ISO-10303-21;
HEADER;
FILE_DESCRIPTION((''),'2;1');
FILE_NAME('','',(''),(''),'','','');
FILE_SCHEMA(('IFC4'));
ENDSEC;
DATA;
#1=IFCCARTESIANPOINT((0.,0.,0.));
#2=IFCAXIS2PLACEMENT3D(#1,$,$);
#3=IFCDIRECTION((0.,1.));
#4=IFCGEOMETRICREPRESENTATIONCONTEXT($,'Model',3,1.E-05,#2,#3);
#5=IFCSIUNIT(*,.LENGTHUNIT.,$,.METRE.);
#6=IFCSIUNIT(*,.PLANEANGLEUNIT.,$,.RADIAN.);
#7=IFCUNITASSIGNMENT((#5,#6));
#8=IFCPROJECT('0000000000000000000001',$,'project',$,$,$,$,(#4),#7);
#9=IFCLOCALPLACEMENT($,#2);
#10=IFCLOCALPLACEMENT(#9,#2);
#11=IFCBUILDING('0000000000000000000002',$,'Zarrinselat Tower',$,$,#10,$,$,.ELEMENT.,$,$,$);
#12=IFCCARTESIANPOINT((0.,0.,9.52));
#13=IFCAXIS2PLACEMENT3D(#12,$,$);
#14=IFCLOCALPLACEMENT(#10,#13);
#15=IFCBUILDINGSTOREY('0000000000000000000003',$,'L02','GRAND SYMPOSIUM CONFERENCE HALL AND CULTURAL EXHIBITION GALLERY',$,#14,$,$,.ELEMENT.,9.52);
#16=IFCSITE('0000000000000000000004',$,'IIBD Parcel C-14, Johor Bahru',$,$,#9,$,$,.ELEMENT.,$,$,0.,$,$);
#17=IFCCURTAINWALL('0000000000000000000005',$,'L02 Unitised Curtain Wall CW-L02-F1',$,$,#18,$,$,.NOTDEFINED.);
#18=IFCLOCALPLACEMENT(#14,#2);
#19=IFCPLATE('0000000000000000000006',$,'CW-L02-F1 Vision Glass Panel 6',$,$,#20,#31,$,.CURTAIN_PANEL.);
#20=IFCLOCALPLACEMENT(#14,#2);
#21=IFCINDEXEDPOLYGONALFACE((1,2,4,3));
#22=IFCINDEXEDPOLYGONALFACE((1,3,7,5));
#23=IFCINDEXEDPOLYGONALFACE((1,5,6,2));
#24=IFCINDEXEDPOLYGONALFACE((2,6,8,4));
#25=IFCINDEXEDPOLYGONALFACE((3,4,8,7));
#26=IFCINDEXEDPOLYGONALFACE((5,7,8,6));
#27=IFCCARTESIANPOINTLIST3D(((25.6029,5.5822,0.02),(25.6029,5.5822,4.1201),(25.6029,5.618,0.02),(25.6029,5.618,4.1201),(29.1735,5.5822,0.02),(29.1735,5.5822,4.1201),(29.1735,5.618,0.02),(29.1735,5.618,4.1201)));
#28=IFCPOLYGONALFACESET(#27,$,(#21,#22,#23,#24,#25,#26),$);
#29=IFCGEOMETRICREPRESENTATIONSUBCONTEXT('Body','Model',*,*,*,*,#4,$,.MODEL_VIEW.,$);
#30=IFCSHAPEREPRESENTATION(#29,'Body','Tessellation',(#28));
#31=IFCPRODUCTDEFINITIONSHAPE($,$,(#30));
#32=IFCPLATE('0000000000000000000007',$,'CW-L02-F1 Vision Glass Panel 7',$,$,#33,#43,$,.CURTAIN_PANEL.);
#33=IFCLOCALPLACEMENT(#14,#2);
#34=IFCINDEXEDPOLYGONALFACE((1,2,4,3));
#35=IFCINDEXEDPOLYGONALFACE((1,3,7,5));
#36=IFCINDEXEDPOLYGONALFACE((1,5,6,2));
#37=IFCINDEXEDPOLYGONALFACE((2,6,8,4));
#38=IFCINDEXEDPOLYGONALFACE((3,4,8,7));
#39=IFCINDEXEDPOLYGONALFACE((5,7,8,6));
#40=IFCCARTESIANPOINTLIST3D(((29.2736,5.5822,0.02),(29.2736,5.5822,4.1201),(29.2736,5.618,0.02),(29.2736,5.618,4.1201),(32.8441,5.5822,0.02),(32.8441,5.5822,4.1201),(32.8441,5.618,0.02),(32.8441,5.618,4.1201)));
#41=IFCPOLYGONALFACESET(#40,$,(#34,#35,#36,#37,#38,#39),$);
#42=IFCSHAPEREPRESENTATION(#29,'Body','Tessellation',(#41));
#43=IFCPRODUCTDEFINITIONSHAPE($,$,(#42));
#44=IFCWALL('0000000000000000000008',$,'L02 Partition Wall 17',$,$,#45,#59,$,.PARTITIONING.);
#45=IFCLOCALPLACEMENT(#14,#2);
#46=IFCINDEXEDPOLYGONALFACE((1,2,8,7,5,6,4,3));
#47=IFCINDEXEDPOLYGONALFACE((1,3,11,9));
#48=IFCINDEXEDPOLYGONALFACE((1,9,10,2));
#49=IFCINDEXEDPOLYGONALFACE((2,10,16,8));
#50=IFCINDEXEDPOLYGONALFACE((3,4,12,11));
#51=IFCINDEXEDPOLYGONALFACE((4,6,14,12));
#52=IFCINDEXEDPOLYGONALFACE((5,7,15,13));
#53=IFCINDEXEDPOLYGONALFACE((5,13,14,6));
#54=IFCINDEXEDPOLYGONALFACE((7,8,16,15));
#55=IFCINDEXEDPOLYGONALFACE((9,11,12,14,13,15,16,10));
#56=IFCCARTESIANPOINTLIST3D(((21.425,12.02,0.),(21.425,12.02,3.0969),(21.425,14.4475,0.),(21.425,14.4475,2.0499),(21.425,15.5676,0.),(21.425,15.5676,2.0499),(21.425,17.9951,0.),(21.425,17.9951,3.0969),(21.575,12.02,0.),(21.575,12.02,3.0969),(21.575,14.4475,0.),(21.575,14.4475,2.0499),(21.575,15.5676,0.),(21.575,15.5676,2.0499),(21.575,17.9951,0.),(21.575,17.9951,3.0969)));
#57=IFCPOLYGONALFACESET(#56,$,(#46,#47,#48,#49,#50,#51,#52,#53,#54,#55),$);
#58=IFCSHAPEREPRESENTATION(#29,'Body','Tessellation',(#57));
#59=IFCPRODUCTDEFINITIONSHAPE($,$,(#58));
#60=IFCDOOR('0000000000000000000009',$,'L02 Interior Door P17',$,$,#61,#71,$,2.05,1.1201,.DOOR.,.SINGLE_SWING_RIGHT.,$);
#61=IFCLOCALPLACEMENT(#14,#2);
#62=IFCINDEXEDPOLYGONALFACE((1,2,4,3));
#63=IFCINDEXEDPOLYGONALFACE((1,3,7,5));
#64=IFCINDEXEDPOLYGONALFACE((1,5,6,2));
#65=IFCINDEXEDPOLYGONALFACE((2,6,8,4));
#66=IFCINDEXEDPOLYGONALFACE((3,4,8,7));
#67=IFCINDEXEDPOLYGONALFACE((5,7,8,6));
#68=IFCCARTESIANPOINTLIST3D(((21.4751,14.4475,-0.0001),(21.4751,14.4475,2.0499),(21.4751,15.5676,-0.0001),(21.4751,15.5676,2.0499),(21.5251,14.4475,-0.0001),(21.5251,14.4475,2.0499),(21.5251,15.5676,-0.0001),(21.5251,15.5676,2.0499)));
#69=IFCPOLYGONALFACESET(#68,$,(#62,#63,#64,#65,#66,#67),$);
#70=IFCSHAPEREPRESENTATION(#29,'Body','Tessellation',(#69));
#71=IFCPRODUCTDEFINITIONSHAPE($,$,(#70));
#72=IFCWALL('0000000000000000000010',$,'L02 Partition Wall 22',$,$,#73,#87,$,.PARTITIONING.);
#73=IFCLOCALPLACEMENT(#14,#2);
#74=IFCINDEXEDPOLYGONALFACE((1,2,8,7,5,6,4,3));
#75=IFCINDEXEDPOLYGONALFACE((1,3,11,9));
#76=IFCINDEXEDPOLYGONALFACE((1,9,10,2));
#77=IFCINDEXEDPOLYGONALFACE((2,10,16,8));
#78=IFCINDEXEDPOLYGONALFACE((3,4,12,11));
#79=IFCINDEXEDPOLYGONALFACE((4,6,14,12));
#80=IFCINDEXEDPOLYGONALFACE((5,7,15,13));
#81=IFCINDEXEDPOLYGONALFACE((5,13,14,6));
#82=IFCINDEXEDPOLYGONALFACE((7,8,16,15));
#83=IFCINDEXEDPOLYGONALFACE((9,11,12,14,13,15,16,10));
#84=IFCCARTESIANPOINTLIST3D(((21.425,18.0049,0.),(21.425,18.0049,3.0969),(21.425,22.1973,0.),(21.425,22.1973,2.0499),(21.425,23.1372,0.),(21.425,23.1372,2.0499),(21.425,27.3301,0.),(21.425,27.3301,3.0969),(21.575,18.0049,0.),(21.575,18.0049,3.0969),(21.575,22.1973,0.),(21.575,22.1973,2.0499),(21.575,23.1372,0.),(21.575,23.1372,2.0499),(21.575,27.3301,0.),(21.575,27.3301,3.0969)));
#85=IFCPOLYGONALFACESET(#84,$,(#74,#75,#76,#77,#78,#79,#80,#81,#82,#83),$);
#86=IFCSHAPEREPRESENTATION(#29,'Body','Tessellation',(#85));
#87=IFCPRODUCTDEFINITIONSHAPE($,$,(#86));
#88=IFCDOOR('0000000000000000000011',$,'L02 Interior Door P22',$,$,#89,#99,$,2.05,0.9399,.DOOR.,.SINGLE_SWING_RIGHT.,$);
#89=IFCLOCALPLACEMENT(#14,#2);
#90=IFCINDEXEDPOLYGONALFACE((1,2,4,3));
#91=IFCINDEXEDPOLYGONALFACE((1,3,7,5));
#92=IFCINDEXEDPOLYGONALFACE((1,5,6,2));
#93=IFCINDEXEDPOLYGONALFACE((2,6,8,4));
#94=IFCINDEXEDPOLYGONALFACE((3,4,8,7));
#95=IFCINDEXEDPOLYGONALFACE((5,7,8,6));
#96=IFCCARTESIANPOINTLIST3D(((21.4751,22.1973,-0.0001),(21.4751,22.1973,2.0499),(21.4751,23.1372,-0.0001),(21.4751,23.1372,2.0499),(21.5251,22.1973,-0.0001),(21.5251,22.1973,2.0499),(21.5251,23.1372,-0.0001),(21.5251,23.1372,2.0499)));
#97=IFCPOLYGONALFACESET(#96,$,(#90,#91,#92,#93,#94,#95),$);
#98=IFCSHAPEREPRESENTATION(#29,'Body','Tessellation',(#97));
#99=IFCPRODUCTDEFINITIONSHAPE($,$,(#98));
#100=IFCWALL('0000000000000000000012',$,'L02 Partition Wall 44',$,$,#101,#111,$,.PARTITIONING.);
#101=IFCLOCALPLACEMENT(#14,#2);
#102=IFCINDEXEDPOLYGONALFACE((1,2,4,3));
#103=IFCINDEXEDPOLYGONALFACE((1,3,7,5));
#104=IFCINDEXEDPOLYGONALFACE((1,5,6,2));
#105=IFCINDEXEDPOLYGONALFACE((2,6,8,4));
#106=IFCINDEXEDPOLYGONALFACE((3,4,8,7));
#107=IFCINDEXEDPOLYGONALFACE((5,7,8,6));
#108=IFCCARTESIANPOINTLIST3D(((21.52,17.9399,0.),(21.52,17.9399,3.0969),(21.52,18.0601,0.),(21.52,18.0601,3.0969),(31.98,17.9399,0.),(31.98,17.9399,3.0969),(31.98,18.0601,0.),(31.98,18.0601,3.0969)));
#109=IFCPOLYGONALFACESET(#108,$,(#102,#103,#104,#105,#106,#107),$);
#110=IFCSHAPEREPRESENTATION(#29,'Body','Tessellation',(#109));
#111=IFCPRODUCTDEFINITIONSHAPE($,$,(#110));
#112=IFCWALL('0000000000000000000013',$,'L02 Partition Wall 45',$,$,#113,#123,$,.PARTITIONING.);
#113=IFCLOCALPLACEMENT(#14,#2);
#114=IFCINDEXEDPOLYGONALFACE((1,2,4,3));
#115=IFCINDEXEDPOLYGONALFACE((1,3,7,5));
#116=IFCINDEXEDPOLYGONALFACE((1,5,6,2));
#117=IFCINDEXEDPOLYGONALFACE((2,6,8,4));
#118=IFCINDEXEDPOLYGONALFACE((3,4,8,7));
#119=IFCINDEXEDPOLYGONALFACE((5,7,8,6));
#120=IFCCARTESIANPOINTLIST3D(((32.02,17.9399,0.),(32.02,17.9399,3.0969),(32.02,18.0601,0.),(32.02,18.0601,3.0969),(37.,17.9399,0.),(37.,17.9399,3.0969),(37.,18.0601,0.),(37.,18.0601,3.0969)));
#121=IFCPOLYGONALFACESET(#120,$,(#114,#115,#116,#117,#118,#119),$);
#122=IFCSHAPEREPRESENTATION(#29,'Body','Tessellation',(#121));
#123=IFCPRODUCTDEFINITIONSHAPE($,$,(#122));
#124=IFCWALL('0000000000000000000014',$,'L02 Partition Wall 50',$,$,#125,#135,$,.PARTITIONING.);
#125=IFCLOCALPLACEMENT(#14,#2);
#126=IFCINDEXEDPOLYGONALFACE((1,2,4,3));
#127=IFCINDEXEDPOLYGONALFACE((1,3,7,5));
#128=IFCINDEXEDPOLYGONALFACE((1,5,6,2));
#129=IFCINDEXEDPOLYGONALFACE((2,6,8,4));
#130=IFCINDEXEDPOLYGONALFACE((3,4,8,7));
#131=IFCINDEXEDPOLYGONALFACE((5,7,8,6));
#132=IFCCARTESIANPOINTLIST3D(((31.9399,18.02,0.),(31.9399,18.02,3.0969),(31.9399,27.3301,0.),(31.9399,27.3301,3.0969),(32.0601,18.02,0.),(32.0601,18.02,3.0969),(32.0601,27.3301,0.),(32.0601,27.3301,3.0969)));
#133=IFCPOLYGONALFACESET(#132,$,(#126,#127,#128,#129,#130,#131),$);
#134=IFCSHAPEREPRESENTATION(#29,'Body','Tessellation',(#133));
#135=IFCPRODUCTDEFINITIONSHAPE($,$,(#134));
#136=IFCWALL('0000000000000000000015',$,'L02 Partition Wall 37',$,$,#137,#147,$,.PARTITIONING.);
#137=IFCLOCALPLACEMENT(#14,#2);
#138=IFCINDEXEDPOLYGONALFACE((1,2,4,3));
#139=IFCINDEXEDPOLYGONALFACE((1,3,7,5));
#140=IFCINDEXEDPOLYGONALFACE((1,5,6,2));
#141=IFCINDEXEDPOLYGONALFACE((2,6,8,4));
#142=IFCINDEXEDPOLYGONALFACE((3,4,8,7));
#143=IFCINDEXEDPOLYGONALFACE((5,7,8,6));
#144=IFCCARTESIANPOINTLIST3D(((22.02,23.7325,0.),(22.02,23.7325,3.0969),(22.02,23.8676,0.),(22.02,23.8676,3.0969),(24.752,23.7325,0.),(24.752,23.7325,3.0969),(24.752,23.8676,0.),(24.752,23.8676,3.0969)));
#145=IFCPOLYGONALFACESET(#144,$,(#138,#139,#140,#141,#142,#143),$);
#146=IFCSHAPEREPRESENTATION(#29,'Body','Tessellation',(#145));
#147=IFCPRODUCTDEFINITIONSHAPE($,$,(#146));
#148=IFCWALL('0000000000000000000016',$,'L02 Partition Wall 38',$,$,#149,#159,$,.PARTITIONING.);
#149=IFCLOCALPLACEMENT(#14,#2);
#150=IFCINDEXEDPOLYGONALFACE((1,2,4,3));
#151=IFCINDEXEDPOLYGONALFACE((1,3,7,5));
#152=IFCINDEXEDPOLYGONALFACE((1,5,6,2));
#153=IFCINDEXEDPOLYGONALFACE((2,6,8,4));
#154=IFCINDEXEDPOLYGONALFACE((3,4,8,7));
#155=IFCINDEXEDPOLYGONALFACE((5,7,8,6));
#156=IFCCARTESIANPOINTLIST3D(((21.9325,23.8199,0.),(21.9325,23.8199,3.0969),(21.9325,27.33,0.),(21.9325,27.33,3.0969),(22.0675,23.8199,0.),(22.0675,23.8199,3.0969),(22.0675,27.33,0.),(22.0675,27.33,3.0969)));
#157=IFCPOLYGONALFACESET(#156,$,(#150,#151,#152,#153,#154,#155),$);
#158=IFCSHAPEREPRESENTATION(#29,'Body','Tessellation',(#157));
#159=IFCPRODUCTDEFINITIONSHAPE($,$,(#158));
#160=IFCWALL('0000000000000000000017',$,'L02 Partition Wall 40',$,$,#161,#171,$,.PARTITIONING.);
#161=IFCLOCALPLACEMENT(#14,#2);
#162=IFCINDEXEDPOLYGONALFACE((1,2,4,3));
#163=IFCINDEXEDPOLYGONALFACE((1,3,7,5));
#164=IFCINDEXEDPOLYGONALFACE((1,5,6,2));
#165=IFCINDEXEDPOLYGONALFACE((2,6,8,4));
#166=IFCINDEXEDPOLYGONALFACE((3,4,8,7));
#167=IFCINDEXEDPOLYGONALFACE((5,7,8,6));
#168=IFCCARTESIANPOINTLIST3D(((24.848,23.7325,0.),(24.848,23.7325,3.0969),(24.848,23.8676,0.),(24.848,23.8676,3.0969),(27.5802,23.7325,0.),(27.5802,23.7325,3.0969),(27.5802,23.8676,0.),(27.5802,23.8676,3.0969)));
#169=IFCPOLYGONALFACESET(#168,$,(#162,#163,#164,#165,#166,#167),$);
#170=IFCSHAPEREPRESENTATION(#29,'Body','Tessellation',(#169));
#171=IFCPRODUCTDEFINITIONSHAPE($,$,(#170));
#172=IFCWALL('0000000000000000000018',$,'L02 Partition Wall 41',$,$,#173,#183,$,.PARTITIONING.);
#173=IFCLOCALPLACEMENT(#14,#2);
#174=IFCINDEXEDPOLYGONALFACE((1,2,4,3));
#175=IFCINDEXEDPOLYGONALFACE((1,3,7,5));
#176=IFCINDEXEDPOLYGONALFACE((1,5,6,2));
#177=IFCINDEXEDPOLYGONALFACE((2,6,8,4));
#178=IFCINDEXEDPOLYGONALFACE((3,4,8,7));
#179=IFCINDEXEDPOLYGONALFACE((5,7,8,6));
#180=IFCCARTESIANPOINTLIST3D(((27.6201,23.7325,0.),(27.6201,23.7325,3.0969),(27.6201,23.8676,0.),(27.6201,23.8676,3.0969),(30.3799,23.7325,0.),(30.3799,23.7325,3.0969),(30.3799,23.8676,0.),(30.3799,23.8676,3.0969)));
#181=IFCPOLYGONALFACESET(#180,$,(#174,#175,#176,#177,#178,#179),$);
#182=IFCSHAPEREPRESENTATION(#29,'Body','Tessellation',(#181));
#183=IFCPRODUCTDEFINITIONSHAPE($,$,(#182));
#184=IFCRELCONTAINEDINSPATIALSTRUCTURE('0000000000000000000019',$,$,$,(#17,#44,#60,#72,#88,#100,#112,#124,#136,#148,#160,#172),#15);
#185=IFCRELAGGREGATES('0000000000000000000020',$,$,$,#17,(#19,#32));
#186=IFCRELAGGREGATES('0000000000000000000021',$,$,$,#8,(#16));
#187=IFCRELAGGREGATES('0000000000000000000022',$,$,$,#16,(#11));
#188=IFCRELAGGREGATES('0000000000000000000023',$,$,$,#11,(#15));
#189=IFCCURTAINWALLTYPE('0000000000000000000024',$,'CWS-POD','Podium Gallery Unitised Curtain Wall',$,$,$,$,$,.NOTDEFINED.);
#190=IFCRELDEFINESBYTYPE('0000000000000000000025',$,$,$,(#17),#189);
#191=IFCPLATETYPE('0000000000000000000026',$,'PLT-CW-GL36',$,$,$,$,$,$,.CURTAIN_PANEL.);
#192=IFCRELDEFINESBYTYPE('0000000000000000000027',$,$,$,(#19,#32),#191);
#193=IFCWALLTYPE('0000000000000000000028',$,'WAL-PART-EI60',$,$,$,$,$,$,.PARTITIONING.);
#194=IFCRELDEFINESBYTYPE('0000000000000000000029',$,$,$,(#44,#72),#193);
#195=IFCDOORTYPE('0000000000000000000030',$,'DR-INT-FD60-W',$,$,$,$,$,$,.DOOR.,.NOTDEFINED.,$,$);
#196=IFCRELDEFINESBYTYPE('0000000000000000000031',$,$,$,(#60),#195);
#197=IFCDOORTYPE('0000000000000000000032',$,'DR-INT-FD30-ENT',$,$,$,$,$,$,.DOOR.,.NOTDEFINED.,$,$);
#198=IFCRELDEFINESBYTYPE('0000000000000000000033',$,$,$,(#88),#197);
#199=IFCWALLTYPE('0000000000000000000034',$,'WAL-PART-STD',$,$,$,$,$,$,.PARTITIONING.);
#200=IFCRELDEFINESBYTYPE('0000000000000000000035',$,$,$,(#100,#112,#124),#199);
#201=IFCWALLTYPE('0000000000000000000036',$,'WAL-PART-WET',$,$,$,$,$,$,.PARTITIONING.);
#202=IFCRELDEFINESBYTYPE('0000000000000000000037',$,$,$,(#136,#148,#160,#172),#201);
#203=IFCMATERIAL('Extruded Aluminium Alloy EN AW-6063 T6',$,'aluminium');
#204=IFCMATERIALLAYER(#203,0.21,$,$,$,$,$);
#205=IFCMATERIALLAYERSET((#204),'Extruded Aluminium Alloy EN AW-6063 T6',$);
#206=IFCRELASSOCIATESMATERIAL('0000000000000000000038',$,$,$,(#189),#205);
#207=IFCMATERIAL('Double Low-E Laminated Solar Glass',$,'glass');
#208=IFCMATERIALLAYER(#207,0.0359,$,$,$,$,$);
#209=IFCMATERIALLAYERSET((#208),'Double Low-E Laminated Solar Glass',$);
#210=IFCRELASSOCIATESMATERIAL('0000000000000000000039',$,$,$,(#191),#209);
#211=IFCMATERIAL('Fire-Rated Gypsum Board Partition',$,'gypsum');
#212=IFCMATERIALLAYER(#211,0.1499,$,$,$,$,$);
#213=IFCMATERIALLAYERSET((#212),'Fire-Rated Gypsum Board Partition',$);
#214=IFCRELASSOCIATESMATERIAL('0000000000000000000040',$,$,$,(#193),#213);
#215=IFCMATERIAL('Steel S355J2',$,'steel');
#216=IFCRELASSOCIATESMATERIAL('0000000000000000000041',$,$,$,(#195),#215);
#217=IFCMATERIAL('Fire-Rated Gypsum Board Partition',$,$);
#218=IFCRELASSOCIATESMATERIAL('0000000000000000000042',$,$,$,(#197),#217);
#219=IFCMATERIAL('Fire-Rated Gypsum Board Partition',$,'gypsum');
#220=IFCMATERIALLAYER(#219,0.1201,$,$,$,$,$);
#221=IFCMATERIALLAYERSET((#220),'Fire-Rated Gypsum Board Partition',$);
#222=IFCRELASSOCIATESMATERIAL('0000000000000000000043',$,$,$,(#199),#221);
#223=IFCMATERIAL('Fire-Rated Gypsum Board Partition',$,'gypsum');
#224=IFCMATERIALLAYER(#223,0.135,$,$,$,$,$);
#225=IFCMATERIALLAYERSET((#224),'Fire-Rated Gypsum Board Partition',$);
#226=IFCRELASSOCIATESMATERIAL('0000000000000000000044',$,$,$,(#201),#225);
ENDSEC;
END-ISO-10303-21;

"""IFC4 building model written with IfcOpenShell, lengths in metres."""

from ifc_helpers import new_model, si_unit, direction, frame, frame_2d, origin, origin_2d, place, context, subcontext, project, spatial, rectangle, extrude, material, layer, layer_set, type_object, element, fill, aggregate, save


model = new_model("IFC4")

# Units and contexts
model_context = context("Model", 3, precision=1e-05, world=origin(), true_north=direction((0.0, 1.0)))
body_context = subcontext(model_context, "Body", "Model", "MODEL_VIEW")
ifc_project = project(units=[si_unit("LENGTHUNIT", "METRE"), si_unit("PLANEANGLEUNIT", "RADIAN")], contexts=[model_context])

# Site, building, storey
site_placement = place(None, origin())
site = spatial("IfcSite", under=ifc_project, at=site_placement, Name="IIBD Parcel C-14, Johor Bahru", CompositionType="ELEMENT", RefElevation=0.0)
building_placement = place(site_placement, origin())
building = spatial("IfcBuilding", under=site, at=building_placement, Name="Zarrinselat Tower", CompositionType="ELEMENT")
storey_placement = place(building_placement, frame((0.0, 0.0, 9.52)))
storey = spatial("IfcBuildingStorey", under=building, at=storey_placement, Name="L02", Description="GRAND SYMPOSIUM CONFERENCE HALL AND CULTURAL EXHIBITION GALLERY", CompositionType="ELEMENT", Elevation=9.52)

# Curtain wall, plates
ifc_material_1 = material(Name="Extruded Aluminium Alloy EN AW-6063 T6", Category="aluminium")
ifc_layer_1 = layer(ifc_material_1, 0.21)
ifc_layer_set_1 = layer_set([ifc_layer_1], Name="Extruded Aluminium Alloy EN AW-6063 T6")
curtain_wall_type = type_object("IfcCurtainWallType", Name="CWS-POD", Description="Podium Gallery Unitised Curtain Wall", PredefinedType="NOTDEFINED", material=ifc_layer_set_1)
curtain_wall_placement = place(storey_placement, origin())
curtain_wall = element("IfcCurtainWall", 1, at=curtain_wall_placement, inside=storey, type_object=curtain_wall_type, Name="L02 Unitised Curtain Wall CW-L02-F1", PredefinedType="NOTDEFINED")
ifc_material_2 = material(Name="Double Low-E Laminated Solar Glass", Category="glass")
ifc_layer_2 = layer(ifc_material_2, 0.0359)
ifc_layer_set_2 = layer_set([ifc_layer_2], Name="Double Low-E Laminated Solar Glass")
plate_type = type_object("IfcPlateType", Name="PLT-CW-GL36", PredefinedType="CURTAIN_PANEL", material=ifc_layer_set_2)
plate_1_placement = place(storey_placement, frame((27.3882, 5.6001, 0.02), z_axis=(0.0, 0.0, 1.0), x_axis=(1.0, 0.0, 0.0)))
plate_1 = element("IfcPlate", 2, at=plate_1_placement, type_object=plate_type, Name="CW-L02-F1 Vision Glass Panel 6", PredefinedType="CURTAIN_PANEL", context=body_context, shape_type="SweptSolid", body=[
    extrude(rectangle(XDim=3.5706, YDim=0.0359, at=origin_2d()), origin(), (0.0, 0.0, 1.0), 4.1001),
])
plate_2_placement = place(storey_placement, frame((31.0588, 5.6001, 0.02), z_axis=(0.0, 0.0, 1.0), x_axis=(1.0, 0.0, 0.0)))
plate_2 = element("IfcPlate", 3, at=plate_2_placement, type_object=plate_type, Name="CW-L02-F1 Vision Glass Panel 7", PredefinedType="CURTAIN_PANEL", context=body_context, shape_type="SweptSolid", body=[
    extrude(rectangle(XDim=3.5706, YDim=0.0359, at=origin_2d()), origin(), (0.0, 0.0, 1.0), 4.1001),
])
aggregate(curtain_wall, [plate_1, plate_2])

# Walls, openings, doors
ifc_material_3 = material(Name="Fire-Rated Gypsum Board Partition", Category="gypsum")
ifc_layer_3 = layer(ifc_material_3, 0.1499)
ifc_layer_set_3 = layer_set([ifc_layer_3], Name="Fire-Rated Gypsum Board Partition")
wall_type_1 = type_object("IfcWallType", Name="WAL-PART-EI60", PredefinedType="PARTITIONING", material=ifc_layer_set_3)
wall_1_placement = place(storey_placement, frame((21.5, 12.02, 0.0), z_axis=(0.0, 0.0, 1.0), x_axis=(0.0, 1.0, 0.0)))
wall_1 = element("IfcWall", 4, at=wall_1_placement, inside=storey, type_object=wall_type_1, Name="L02 Partition Wall 17", PredefinedType="PARTITIONING", context=body_context, shape_type="SweptSolid", body=[
    extrude(rectangle(XDim=5.9751, YDim=0.1499, at=frame_2d((2.9875, 0.0))), origin(), (0.0, 0.0, 1.0), 3.0969),
])
opening_1_placement = place(wall_1_placement, frame((2.4275, 0.0, 0.0)))
opening_1 = element("IfcOpeningElement", 5, at=opening_1_placement, cuts=wall_1, PredefinedType="OPENING", context=body_context, shape_type="SweptSolid", body=[
    extrude(rectangle(XDim=1.1201, YDim=2.05, at=frame_2d((0.5601, 1.0249))), frame((0.0, 0.085, 0.0), z_axis=(0.0, -1.0, 0.0), x_axis=(1.0, 0.0, 0.0)), (0.0, 0.0, 1.0), 0.1699),
])
ifc_material_4 = material(Name="Steel S355J2", Category="steel")
door_type_1 = type_object("IfcDoorType", Name="DR-INT-FD60-W", OperationType="NOTDEFINED", PredefinedType="DOOR", material=ifc_material_4)
door_1_placement = place(opening_1_placement, origin())
door_1 = element("IfcDoor", 6, at=door_1_placement, inside=storey, type_object=door_type_1, Name="L02 Interior Door P17", OperationType="SINGLE_SWING_RIGHT", OverallHeight=2.05, OverallWidth=1.1201, PredefinedType="DOOR", context=body_context, shape_type="SweptSolid", body=[
    extrude(rectangle(XDim=1.1201, YDim=2.05, at=frame_2d((0.5601, 1.0249))), frame((0.0, 0.0249, 0.0), z_axis=(0.0, -1.0, 0.0), x_axis=(1.0, 0.0, 0.0)), (0.0, 0.0, 1.0), 0.05),
])
fill(opening_1, door_1)
wall_2_placement = place(storey_placement, frame((21.5, 18.0049, 0.0), z_axis=(0.0, 0.0, 1.0), x_axis=(0.0, 1.0, 0.0)))
wall_2 = element("IfcWall", 7, at=wall_2_placement, inside=storey, type_object=wall_type_1, Name="L02 Partition Wall 22", PredefinedType="PARTITIONING", context=body_context, shape_type="SweptSolid", body=[
    extrude(rectangle(XDim=9.3252, YDim=0.1499, at=frame_2d((4.6626, 0.0))), origin(), (0.0, 0.0, 1.0), 3.0969),
])
opening_2_placement = place(wall_2_placement, frame((4.1924, 0.0, 0.0)))
opening_2 = element("IfcOpeningElement", 8, at=opening_2_placement, cuts=wall_2, PredefinedType="OPENING", context=body_context, shape_type="SweptSolid", body=[
    extrude(rectangle(XDim=0.9399, YDim=2.05, at=frame_2d((0.47, 1.0249))), frame((0.0, 0.085, 0.0), z_axis=(0.0, -1.0, 0.0), x_axis=(1.0, 0.0, 0.0)), (0.0, 0.0, 1.0), 0.1699),
])
ifc_material_5 = material(Name="Fire-Rated Gypsum Board Partition")
door_type_2 = type_object("IfcDoorType", Name="DR-INT-FD30-ENT", OperationType="NOTDEFINED", PredefinedType="DOOR", material=ifc_material_5)
door_2_placement = place(opening_2_placement, origin())
door_2 = element("IfcDoor", 9, at=door_2_placement, inside=storey, type_object=door_type_2, Name="L02 Interior Door P22", OperationType="SINGLE_SWING_RIGHT", OverallHeight=2.05, OverallWidth=0.9399, PredefinedType="DOOR", context=body_context, shape_type="SweptSolid", body=[
    extrude(rectangle(XDim=0.9399, YDim=2.05, at=frame_2d((0.47, 1.0249))), frame((0.0, 0.0249, 0.0), z_axis=(0.0, -1.0, 0.0), x_axis=(1.0, 0.0, 0.0)), (0.0, 0.0, 1.0), 0.05),
])
fill(opening_2, door_2)

# Walls
ifc_material_6 = material(Name="Fire-Rated Gypsum Board Partition", Category="gypsum")
ifc_layer_4 = layer(ifc_material_6, 0.1201)
ifc_layer_set_4 = layer_set([ifc_layer_4], Name="Fire-Rated Gypsum Board Partition")
wall_type_2 = type_object("IfcWallType", Name="WAL-PART-STD", PredefinedType="PARTITIONING", material=ifc_layer_set_4)
wall_3_placement = place(storey_placement, frame((21.52, 18.0, 0.0), z_axis=(0.0, 0.0, 1.0), x_axis=(1.0, 0.0, 0.0)))
element("IfcWall", 10, at=wall_3_placement, inside=storey, type_object=wall_type_2, Name="L02 Partition Wall 44", PredefinedType="PARTITIONING", context=body_context, shape_type="SweptSolid", body=[
    extrude(rectangle(XDim=10.46, YDim=0.1201, at=frame_2d((5.23, 0.0))), origin(), (0.0, 0.0, 1.0), 3.0969),
])
wall_4_placement = place(storey_placement, frame((32.02, 18.0, 0.0), z_axis=(0.0, 0.0, 1.0), x_axis=(1.0, 0.0, 0.0)))
element("IfcWall", 11, at=wall_4_placement, inside=storey, type_object=wall_type_2, Name="L02 Partition Wall 45", PredefinedType="PARTITIONING", context=body_context, shape_type="SweptSolid", body=[
    extrude(rectangle(XDim=4.98, YDim=0.1201, at=frame_2d((2.49, 0.0))), origin(), (0.0, 0.0, 1.0), 3.0969),
])
wall_5_placement = place(storey_placement, frame((32.0, 18.02, 0.0), z_axis=(0.0, 0.0, 1.0), x_axis=(0.0, 1.0, 0.0)))
element("IfcWall", 12, at=wall_5_placement, inside=storey, type_object=wall_type_2, Name="L02 Partition Wall 50", PredefinedType="PARTITIONING", context=body_context, shape_type="SweptSolid", body=[
    extrude(rectangle(XDim=9.3101, YDim=0.1201, at=frame_2d((4.655, 0.0))), origin(), (0.0, 0.0, 1.0), 3.0969),
])
ifc_material_7 = material(Name="Fire-Rated Gypsum Board Partition", Category="gypsum")
ifc_layer_5 = layer(ifc_material_7, 0.135)
ifc_layer_set_5 = layer_set([ifc_layer_5], Name="Fire-Rated Gypsum Board Partition")
wall_type_3 = type_object("IfcWallType", Name="WAL-PART-WET", PredefinedType="PARTITIONING", material=ifc_layer_set_5)
wall_6_placement = place(storey_placement, frame((22.02, 23.8, 0.0), z_axis=(0.0, 0.0, 1.0), x_axis=(1.0, 0.0, 0.0)))
element("IfcWall", 13, at=wall_6_placement, inside=storey, type_object=wall_type_3, Name="L02 Partition Wall 37", PredefinedType="PARTITIONING", context=body_context, shape_type="SweptSolid", body=[
    extrude(rectangle(XDim=2.7319, YDim=0.135, at=frame_2d((1.366, 0.0))), origin(), (0.0, 0.0, 1.0), 3.0969),
])
wall_7_placement = place(storey_placement, frame((22.0, 23.8201, 0.0), z_axis=(0.0, 0.0, 1.0), x_axis=(0.0, 1.0, 0.0)))
element("IfcWall", 14, at=wall_7_placement, inside=storey, type_object=wall_type_3, Name="L02 Partition Wall 38", PredefinedType="PARTITIONING", context=body_context, shape_type="SweptSolid", body=[
    extrude(rectangle(XDim=3.51, YDim=0.135, at=frame_2d((1.7549, 0.0))), origin(), (0.0, 0.0, 1.0), 3.0969),
])
wall_8_placement = place(storey_placement, frame((24.8479, 23.8, 0.0), z_axis=(0.0, 0.0, 1.0), x_axis=(1.0, 0.0, 0.0)))
element("IfcWall", 15, at=wall_8_placement, inside=storey, type_object=wall_type_3, Name="L02 Partition Wall 40", PredefinedType="PARTITIONING", context=body_context, shape_type="SweptSolid", body=[
    extrude(rectangle(XDim=2.7322, YDim=0.135, at=frame_2d((1.3662, 0.0))), origin(), (0.0, 0.0, 1.0), 3.0969),
])
wall_9_placement = place(storey_placement, frame((27.6201, 23.8, 0.0), z_axis=(0.0, 0.0, 1.0), x_axis=(1.0, 0.0, 0.0)))
element("IfcWall", 16, at=wall_9_placement, inside=storey, type_object=wall_type_3, Name="L02 Partition Wall 41", PredefinedType="PARTITIONING", context=body_context, shape_type="SweptSolid", body=[
    extrude(rectangle(XDim=2.7598, YDim=0.135, at=frame_2d((1.3799, 0.0))), origin(), (0.0, 0.0, 1.0), 3.0969),
])

save(model, "model.ifc")
